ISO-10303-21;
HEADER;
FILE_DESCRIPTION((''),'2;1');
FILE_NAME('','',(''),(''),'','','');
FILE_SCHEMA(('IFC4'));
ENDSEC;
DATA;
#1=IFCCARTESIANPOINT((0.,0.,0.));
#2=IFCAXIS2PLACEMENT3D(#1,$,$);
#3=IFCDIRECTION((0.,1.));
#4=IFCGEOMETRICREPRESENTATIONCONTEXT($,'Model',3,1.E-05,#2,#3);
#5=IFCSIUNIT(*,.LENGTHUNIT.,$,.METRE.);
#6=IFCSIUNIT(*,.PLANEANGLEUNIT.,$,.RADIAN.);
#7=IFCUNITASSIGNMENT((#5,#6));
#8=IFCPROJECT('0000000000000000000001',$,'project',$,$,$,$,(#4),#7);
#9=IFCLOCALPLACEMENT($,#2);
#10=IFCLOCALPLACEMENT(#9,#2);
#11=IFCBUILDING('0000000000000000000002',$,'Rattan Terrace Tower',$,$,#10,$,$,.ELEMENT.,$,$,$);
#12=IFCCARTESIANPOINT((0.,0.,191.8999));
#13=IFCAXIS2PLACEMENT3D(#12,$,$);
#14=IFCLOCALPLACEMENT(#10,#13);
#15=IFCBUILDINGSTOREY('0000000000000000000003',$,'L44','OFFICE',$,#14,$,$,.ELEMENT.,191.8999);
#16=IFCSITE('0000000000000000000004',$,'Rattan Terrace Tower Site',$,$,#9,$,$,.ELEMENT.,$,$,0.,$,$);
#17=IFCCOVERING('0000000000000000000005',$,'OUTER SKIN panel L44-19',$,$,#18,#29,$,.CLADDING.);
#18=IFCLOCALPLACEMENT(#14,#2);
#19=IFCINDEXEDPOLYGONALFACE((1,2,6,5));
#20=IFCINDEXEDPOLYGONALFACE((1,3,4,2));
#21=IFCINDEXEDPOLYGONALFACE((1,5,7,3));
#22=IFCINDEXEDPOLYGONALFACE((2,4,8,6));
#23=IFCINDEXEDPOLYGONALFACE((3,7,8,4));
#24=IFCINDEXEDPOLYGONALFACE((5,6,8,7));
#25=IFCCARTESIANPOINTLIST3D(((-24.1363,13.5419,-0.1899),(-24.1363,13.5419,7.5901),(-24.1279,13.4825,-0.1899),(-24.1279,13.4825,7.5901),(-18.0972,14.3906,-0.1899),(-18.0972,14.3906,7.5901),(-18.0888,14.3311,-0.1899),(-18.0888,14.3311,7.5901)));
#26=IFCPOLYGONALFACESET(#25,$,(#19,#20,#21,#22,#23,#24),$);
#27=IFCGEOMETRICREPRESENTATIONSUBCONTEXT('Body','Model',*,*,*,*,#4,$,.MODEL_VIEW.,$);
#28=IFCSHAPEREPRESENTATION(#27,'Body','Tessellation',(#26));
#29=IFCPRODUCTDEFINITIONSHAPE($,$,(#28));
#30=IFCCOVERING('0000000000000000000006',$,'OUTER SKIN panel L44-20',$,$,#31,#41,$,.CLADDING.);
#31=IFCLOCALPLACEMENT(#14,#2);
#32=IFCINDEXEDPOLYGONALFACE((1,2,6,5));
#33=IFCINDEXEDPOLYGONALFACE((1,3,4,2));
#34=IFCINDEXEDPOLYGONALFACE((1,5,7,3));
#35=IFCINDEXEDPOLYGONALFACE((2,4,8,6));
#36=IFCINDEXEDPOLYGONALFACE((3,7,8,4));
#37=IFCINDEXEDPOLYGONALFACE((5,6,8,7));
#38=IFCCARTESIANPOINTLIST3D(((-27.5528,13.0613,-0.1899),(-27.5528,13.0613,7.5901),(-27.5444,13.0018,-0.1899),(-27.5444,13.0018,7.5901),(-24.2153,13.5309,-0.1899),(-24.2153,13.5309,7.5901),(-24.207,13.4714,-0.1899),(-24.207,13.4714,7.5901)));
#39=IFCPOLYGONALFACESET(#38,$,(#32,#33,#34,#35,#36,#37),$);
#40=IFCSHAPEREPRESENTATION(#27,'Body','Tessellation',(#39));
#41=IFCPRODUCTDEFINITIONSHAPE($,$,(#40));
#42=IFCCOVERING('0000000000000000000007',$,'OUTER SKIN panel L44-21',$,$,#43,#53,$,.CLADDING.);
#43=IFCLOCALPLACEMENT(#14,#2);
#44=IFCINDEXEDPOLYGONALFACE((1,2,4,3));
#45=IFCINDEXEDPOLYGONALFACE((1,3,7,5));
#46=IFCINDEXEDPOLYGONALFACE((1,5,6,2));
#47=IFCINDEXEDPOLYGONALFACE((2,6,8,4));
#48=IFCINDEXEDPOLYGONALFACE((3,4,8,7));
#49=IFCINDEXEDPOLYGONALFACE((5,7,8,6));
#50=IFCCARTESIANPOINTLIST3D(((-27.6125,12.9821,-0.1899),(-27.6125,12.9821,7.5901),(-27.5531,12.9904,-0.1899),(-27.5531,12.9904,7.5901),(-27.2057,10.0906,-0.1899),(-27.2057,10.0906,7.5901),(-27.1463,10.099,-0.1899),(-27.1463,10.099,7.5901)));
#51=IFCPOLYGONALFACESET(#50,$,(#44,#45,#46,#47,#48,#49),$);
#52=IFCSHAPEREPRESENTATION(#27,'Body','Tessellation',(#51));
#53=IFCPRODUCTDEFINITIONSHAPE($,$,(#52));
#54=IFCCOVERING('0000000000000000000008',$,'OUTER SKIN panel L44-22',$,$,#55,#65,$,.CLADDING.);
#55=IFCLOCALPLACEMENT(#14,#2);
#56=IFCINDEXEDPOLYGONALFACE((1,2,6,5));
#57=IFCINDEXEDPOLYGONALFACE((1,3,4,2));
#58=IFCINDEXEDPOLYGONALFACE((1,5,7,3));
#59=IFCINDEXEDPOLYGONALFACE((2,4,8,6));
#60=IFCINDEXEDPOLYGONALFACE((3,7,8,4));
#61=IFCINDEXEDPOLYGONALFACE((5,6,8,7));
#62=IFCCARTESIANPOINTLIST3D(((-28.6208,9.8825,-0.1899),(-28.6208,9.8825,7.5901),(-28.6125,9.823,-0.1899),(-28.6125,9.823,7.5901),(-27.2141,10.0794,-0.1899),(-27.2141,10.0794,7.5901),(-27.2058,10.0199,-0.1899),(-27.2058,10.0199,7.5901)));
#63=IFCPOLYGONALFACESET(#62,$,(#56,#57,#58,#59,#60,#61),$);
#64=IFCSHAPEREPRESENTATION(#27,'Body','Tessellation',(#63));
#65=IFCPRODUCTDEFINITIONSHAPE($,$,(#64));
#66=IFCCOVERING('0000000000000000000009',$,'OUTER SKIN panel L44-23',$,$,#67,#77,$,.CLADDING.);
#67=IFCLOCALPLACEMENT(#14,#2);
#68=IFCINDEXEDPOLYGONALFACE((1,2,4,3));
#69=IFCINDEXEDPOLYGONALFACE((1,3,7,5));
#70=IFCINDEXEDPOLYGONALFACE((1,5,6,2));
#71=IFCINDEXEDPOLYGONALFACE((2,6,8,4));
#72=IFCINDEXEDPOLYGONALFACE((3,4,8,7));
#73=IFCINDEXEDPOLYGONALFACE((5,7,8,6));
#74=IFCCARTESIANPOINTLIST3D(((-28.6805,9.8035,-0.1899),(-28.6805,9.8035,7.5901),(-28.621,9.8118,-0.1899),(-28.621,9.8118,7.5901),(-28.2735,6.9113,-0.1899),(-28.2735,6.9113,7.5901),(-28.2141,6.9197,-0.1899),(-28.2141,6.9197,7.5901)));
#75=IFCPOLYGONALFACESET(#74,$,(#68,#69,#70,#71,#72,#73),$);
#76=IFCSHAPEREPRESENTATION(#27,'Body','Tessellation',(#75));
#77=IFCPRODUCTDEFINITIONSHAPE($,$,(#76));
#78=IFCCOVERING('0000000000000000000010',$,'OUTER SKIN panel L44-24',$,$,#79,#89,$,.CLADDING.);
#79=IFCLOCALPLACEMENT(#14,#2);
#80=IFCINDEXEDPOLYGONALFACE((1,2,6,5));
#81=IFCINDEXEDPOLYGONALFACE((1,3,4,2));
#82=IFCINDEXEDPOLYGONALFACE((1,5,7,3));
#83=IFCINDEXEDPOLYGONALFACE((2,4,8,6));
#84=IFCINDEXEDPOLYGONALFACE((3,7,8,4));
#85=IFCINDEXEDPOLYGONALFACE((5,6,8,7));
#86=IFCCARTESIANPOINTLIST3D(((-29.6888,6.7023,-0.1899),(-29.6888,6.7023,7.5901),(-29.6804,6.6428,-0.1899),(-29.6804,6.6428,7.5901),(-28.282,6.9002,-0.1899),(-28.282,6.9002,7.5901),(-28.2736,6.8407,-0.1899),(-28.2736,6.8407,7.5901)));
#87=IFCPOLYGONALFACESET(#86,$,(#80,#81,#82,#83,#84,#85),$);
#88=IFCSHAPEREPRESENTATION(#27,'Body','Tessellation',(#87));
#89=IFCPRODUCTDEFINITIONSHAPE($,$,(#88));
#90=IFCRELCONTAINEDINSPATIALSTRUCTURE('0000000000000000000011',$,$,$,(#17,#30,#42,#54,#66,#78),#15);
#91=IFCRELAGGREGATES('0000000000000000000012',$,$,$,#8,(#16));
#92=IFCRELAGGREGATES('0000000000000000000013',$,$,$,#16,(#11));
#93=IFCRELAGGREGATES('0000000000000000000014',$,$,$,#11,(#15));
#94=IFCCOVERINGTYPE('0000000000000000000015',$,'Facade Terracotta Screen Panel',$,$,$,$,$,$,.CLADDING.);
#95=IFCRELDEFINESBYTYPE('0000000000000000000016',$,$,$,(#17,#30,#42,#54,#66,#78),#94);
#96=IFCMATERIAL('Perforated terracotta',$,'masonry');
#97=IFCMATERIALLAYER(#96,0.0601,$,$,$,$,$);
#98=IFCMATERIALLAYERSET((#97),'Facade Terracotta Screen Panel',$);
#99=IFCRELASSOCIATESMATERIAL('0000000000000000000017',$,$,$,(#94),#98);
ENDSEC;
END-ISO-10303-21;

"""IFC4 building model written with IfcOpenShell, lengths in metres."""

from ifc_helpers import new_model, si_unit, direction, frame, origin, origin_2d, place, context, subcontext, project, spatial, rectangle, extrude, material, layer, layer_set, type_object, element, save


model = new_model("IFC4")

# Units and contexts
model_context = context("Model", 3, precision=1e-05, world=origin(), true_north=direction((0.0, 1.0)))
body_context = subcontext(model_context, "Body", "Model", "MODEL_VIEW")
ifc_project = project(units=[si_unit("LENGTHUNIT", "METRE"), si_unit("PLANEANGLEUNIT", "RADIAN")], contexts=[model_context])

# Site, building, storey
site_placement = place(None, origin())
site = spatial("IfcSite", under=ifc_project, at=site_placement, Name="Rattan Terrace Tower Site", CompositionType="ELEMENT", RefElevation=0.0)
building_placement = place(site_placement, origin())
building = spatial("IfcBuilding", under=site, at=building_placement, Name="Rattan Terrace Tower", CompositionType="ELEMENT")
storey_placement = place(building_placement, frame((0.0, 0.0, 191.8999)))
storey = spatial("IfcBuildingStorey", under=building, at=storey_placement, Name="L44", Description="OFFICE", CompositionType="ELEMENT", Elevation=191.8999)

# Coverings
ifc_material_1 = material(Name="Perforated terracotta", Category="masonry")
ifc_layer_1 = layer(ifc_material_1, 0.0601)
ifc_layer_set_1 = layer_set([ifc_layer_1], Name="Facade Terracotta Screen Panel")
covering_type = type_object("IfcCoveringType", Name="Facade Terracotta Screen Panel", PredefinedType="CLADDING", material=ifc_layer_set_1)
covering_1_placement = place(storey_placement, frame((-21.1125, 13.9365, -0.1899), z_axis=(0.0, 0.0, 1.0), x_axis=(-0.99027, -0.139161, 0.0)))
element("IfcCovering", 1, at=covering_1_placement, inside=storey, type_object=covering_type, Name="OUTER SKIN panel L44-19", PredefinedType="CLADDING", context=body_context, shape_type="SweptSolid", body=[
    extrude(rectangle(XDim=6.0984, YDim=0.0601, at=origin_2d()), origin(), (0.0, 0.0, 1.0), 7.78),
])
covering_2_placement = place(storey_placement, frame((-25.8799, 13.2664, -0.1899), z_axis=(0.0, 0.0, 1.0), x_axis=(-0.990247, -0.139321, 0.0)))
element("IfcCovering", 2, at=covering_2_placement, inside=storey, type_object=covering_type, Name="OUTER SKIN panel L44-20", PredefinedType="CLADDING", context=body_context, shape_type="SweptSolid", body=[
    extrude(rectangle(XDim=3.3704, YDim=0.0601, at=origin_2d()), origin(), (0.0, 0.0, 1.0), 7.78),
])
covering_3_placement = place(storey_placement, frame((-27.3794, 11.5405, -0.1899), z_axis=(0.0, 0.0, 1.0), x_axis=(0.139321, -0.990247, 0.0)))
element("IfcCovering", 3, at=covering_3_placement, inside=storey, type_object=covering_type, Name="OUTER SKIN panel L44-21", PredefinedType="CLADDING", context=body_context, shape_type="SweptSolid", body=[
    extrude(rectangle(XDim=2.9199, YDim=0.0601, at=origin_2d()), origin(), (0.0, 0.0, 1.0), 7.78),
])
covering_4_placement = place(storey_placement, frame((-27.9133, 9.9512, -0.1899), z_axis=(0.0, 0.0, 1.0), x_axis=(-0.990345, -0.138622, 0.0)))
element("IfcCovering", 4, at=covering_4_placement, inside=storey, type_object=covering_type, Name="OUTER SKIN panel L44-22", PredefinedType="CLADDING", context=body_context, shape_type="SweptSolid", body=[
    extrude(rectangle(XDim=1.4204, YDim=0.0601, at=origin_2d()), origin(), (0.0, 0.0, 1.0), 7.78),
])
covering_5_placement = place(storey_placement, frame((-28.4473, 8.3616, -0.1899), z_axis=(0.0, 0.0, 1.0), x_axis=(0.139321, -0.990247, 0.0)))
element("IfcCovering", 5, at=covering_5_placement, inside=storey, type_object=covering_type, Name="OUTER SKIN panel L44-23", PredefinedType="CLADDING", context=body_context, shape_type="SweptSolid", body=[
    extrude(rectangle(XDim=2.9207, YDim=0.0601, at=origin_2d()), origin(), (0.0, 0.0, 1.0), 7.78),
])
covering_6_placement = place(storey_placement, frame((-28.9812, 6.7715, -0.1899), z_axis=(0.0, 0.0, 1.0), x_axis=(-0.990254, -0.139275, 0.0)))
element("IfcCovering", 6, at=covering_6_placement, inside=storey, type_object=covering_type, Name="OUTER SKIN panel L44-24", PredefinedType="CLADDING", context=body_context, shape_type="SweptSolid", body=[
    extrude(rectangle(XDim=1.4207, YDim=0.0601, at=origin_2d()), origin(), (0.0, 0.0, 1.0), 7.78),
])

save(model, "model.ifc")
